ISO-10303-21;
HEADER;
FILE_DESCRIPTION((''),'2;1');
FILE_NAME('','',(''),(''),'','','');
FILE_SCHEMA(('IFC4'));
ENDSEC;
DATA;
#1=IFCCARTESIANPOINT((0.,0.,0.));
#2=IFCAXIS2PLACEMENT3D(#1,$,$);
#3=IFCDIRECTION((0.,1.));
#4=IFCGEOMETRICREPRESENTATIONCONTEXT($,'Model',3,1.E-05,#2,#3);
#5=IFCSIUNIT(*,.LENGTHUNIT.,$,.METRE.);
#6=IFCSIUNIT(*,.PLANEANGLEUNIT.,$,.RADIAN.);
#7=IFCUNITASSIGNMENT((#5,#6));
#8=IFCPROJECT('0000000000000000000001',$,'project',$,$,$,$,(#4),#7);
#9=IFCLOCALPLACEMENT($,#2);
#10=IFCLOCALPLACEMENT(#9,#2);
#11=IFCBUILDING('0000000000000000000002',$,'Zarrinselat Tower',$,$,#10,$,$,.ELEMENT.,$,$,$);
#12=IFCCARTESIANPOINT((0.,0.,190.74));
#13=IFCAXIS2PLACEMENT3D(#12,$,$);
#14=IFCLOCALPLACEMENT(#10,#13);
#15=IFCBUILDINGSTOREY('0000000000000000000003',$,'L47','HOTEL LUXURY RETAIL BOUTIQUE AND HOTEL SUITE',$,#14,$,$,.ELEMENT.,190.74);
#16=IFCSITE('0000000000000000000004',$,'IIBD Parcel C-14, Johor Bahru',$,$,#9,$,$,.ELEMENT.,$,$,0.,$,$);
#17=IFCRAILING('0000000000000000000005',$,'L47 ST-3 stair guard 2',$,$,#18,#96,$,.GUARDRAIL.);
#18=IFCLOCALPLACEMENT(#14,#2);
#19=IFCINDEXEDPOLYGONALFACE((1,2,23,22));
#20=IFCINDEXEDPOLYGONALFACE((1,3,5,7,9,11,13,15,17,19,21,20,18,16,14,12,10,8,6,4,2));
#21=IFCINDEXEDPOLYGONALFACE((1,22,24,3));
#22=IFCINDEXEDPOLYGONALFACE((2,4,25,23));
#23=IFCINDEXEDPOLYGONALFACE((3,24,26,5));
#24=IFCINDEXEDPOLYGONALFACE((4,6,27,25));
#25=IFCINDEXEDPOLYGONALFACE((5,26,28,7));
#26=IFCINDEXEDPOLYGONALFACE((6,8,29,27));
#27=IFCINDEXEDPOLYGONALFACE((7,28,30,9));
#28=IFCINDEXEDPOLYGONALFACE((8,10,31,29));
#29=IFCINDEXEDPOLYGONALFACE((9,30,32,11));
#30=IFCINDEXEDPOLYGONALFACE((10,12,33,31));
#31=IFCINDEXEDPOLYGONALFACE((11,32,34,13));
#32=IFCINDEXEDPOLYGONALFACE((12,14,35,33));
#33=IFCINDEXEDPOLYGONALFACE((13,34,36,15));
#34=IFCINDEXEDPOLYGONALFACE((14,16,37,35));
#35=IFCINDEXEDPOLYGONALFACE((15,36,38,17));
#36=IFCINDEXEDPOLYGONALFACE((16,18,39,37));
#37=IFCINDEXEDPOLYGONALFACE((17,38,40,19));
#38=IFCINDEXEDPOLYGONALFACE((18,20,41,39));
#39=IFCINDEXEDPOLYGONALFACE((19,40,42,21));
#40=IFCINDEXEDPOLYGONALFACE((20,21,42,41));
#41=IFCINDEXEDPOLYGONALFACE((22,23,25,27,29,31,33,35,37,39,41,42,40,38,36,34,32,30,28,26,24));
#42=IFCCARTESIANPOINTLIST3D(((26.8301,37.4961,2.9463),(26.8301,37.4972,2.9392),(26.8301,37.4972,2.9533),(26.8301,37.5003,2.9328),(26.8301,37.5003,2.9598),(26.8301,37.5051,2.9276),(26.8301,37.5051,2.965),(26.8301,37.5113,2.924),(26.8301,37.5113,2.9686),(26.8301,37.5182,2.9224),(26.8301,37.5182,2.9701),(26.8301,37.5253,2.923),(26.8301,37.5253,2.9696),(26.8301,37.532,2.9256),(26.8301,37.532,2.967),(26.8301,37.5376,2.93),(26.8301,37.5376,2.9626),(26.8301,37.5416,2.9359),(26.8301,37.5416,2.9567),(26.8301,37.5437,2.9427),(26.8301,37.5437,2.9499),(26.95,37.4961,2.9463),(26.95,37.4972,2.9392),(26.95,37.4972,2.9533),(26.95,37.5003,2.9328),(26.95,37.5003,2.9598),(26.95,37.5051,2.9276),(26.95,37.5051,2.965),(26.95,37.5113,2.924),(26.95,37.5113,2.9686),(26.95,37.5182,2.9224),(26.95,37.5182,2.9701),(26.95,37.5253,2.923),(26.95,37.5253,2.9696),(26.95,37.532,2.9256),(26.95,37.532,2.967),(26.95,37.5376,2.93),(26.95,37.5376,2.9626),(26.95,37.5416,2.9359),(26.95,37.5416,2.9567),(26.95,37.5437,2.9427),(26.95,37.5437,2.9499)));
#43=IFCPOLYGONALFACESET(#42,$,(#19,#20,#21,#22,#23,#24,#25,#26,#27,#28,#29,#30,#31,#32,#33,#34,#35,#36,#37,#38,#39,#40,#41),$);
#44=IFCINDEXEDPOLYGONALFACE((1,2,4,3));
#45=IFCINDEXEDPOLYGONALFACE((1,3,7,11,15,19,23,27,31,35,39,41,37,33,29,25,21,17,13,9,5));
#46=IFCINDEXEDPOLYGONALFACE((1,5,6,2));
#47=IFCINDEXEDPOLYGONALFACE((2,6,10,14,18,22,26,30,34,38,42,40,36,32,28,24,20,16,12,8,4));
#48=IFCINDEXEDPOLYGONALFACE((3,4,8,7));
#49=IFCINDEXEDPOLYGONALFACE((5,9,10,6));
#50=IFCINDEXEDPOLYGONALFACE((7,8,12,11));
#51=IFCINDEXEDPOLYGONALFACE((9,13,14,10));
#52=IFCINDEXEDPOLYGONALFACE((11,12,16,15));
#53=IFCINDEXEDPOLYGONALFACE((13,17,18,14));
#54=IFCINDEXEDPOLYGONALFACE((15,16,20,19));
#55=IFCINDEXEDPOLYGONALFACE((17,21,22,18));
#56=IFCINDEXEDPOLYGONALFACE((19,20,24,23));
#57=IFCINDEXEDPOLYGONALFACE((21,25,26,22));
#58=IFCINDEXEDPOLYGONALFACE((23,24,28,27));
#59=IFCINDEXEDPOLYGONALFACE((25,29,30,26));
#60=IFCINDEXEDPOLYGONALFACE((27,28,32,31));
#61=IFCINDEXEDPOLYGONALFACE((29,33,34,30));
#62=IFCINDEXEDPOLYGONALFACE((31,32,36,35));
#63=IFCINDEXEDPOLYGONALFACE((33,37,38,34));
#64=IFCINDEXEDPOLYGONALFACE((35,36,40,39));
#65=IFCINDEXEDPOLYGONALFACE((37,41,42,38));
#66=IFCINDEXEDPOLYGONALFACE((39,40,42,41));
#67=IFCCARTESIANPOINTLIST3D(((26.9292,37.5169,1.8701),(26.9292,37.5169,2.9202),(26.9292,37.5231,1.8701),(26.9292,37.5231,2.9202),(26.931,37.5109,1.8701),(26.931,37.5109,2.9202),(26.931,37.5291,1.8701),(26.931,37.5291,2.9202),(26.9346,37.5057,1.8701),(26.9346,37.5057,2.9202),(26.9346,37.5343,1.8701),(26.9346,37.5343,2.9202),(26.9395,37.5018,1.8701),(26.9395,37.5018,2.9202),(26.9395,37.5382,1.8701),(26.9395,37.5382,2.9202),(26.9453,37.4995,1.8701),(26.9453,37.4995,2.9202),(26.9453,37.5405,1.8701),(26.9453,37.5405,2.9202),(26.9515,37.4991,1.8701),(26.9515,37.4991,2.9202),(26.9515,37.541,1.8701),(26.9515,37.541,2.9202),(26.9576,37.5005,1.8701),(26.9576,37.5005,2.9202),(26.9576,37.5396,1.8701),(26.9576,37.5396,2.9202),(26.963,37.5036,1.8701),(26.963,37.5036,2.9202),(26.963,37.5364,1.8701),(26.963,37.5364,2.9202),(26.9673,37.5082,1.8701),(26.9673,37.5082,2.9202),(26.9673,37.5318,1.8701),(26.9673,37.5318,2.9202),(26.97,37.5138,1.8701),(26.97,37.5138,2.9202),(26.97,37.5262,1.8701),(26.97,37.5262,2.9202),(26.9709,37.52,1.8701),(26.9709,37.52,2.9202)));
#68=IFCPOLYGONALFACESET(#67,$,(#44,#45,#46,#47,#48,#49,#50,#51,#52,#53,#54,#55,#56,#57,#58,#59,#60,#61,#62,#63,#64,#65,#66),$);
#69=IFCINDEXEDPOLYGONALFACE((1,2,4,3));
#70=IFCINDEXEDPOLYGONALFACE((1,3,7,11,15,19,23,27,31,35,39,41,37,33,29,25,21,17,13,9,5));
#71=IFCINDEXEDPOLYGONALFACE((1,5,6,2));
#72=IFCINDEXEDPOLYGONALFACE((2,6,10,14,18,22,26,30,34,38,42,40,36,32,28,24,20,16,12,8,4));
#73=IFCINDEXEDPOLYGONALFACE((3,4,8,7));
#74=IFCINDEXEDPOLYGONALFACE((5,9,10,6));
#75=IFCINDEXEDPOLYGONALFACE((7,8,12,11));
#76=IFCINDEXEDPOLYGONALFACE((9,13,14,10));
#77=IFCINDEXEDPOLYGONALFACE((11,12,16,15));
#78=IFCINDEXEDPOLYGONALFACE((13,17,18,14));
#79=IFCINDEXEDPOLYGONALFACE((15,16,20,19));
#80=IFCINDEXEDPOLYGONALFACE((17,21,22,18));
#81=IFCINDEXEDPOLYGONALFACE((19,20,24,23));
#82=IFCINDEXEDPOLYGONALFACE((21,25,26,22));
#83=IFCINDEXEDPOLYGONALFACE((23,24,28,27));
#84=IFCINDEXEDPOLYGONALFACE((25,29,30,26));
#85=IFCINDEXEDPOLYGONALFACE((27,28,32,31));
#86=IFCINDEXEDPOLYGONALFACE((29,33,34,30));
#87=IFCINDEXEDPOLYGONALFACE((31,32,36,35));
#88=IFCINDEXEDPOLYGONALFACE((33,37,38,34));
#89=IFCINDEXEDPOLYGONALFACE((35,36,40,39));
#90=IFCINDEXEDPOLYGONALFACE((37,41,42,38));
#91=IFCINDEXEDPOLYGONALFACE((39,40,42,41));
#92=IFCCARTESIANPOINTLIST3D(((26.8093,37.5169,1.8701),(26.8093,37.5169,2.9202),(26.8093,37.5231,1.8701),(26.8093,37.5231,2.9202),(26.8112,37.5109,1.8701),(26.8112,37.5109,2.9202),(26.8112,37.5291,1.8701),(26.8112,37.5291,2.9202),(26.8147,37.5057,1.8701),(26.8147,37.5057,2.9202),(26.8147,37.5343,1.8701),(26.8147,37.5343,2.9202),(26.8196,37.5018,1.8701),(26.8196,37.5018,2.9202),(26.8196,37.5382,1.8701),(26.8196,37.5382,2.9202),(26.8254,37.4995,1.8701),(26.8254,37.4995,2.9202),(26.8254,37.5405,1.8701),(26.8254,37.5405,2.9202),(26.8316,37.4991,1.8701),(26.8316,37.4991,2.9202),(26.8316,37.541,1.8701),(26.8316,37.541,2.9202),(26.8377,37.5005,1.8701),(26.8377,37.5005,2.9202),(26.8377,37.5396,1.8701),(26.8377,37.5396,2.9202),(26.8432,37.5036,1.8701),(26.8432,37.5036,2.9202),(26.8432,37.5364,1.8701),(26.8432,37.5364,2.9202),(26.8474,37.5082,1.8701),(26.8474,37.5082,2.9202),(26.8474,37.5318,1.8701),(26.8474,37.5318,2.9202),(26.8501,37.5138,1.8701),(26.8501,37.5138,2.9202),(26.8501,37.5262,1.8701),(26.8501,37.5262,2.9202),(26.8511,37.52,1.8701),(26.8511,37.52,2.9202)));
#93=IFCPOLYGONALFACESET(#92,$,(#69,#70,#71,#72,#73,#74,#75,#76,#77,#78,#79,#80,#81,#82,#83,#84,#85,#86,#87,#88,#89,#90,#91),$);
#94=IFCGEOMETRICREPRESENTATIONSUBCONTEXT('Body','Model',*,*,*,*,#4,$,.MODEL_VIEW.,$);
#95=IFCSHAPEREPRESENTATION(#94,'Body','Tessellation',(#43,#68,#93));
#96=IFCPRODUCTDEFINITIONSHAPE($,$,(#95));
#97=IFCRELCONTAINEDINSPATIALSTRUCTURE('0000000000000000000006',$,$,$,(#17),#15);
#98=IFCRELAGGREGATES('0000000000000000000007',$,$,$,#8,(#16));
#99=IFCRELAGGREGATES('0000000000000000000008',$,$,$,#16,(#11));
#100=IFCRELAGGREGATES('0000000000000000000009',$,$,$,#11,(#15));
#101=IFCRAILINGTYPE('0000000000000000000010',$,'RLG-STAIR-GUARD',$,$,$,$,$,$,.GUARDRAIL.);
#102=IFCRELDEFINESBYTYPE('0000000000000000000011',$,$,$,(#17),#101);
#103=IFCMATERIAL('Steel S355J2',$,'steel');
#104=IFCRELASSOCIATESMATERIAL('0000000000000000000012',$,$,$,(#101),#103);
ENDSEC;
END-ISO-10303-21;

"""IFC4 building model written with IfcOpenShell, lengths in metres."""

from ifc_helpers import new_model, si_unit, direction, frame, origin, origin_2d, place, context, subcontext, project, spatial, circle, extrude, material, type_object, element, save


model = new_model("IFC4")

# Units and contexts
model_context = context("Model", 3, precision=1e-05, world=origin(), true_north=direction((0.0, 1.0)))
body_context = subcontext(model_context, "Body", "Model", "MODEL_VIEW")
ifc_project = project(units=[si_unit("LENGTHUNIT", "METRE"), si_unit("PLANEANGLEUNIT", "RADIAN")], contexts=[model_context])

# Site, building, storey
site_placement = place(None, origin())
site = spatial("IfcSite", under=ifc_project, at=site_placement, Name="IIBD Parcel C-14, Johor Bahru", CompositionType="ELEMENT", RefElevation=0.0)
building_placement = place(site_placement, origin())
building = spatial("IfcBuilding", under=site, at=building_placement, Name="Zarrinselat Tower", CompositionType="ELEMENT")
storey_placement = place(building_placement, frame((0.0, 0.0, 190.74)))
storey = spatial("IfcBuildingStorey", under=building, at=storey_placement, Name="L47", Description="HOTEL LUXURY RETAIL BOUTIQUE AND HOTEL SUITE", CompositionType="ELEMENT", Elevation=190.74)

# Railing
ifc_material_1 = material(Name="Steel S355J2", Category="steel")
railing_type_1 = type_object("IfcRailingType", Name="RLG-STAIR-GUARD", PredefinedType="GUARDRAIL", material=ifc_material_1)
railing_1_placement = place(storey_placement, frame((26.95, 37.52, 1.8701)))
element("IfcRailing", 1, at=railing_1_placement, inside=storey, type_object=railing_type_1, Name="L47 ST-3 stair guard 2", PredefinedType="GUARDRAIL", context=body_context, shape_type="SweptSolid", body=[
    extrude(circle(Radius=0.0239, at=origin_2d()), frame((0.0, 0.0, 1.0762), z_axis=(-1.0, 0.0, 0.0), x_axis=(0.0, -1.0, 0.0)), (0.0, 0.0, 1.0), 0.1199),
    extrude(circle(Radius=0.021, at=origin_2d()), origin(), (0.0, 0.0, 1.0), 1.05),
    extrude(circle(Radius=0.021, at=origin_2d()), frame((-0.1199, 0.0, 0.0)), (0.0, 0.0, 1.0), 1.05),
])

save(model, "model.ifc")
